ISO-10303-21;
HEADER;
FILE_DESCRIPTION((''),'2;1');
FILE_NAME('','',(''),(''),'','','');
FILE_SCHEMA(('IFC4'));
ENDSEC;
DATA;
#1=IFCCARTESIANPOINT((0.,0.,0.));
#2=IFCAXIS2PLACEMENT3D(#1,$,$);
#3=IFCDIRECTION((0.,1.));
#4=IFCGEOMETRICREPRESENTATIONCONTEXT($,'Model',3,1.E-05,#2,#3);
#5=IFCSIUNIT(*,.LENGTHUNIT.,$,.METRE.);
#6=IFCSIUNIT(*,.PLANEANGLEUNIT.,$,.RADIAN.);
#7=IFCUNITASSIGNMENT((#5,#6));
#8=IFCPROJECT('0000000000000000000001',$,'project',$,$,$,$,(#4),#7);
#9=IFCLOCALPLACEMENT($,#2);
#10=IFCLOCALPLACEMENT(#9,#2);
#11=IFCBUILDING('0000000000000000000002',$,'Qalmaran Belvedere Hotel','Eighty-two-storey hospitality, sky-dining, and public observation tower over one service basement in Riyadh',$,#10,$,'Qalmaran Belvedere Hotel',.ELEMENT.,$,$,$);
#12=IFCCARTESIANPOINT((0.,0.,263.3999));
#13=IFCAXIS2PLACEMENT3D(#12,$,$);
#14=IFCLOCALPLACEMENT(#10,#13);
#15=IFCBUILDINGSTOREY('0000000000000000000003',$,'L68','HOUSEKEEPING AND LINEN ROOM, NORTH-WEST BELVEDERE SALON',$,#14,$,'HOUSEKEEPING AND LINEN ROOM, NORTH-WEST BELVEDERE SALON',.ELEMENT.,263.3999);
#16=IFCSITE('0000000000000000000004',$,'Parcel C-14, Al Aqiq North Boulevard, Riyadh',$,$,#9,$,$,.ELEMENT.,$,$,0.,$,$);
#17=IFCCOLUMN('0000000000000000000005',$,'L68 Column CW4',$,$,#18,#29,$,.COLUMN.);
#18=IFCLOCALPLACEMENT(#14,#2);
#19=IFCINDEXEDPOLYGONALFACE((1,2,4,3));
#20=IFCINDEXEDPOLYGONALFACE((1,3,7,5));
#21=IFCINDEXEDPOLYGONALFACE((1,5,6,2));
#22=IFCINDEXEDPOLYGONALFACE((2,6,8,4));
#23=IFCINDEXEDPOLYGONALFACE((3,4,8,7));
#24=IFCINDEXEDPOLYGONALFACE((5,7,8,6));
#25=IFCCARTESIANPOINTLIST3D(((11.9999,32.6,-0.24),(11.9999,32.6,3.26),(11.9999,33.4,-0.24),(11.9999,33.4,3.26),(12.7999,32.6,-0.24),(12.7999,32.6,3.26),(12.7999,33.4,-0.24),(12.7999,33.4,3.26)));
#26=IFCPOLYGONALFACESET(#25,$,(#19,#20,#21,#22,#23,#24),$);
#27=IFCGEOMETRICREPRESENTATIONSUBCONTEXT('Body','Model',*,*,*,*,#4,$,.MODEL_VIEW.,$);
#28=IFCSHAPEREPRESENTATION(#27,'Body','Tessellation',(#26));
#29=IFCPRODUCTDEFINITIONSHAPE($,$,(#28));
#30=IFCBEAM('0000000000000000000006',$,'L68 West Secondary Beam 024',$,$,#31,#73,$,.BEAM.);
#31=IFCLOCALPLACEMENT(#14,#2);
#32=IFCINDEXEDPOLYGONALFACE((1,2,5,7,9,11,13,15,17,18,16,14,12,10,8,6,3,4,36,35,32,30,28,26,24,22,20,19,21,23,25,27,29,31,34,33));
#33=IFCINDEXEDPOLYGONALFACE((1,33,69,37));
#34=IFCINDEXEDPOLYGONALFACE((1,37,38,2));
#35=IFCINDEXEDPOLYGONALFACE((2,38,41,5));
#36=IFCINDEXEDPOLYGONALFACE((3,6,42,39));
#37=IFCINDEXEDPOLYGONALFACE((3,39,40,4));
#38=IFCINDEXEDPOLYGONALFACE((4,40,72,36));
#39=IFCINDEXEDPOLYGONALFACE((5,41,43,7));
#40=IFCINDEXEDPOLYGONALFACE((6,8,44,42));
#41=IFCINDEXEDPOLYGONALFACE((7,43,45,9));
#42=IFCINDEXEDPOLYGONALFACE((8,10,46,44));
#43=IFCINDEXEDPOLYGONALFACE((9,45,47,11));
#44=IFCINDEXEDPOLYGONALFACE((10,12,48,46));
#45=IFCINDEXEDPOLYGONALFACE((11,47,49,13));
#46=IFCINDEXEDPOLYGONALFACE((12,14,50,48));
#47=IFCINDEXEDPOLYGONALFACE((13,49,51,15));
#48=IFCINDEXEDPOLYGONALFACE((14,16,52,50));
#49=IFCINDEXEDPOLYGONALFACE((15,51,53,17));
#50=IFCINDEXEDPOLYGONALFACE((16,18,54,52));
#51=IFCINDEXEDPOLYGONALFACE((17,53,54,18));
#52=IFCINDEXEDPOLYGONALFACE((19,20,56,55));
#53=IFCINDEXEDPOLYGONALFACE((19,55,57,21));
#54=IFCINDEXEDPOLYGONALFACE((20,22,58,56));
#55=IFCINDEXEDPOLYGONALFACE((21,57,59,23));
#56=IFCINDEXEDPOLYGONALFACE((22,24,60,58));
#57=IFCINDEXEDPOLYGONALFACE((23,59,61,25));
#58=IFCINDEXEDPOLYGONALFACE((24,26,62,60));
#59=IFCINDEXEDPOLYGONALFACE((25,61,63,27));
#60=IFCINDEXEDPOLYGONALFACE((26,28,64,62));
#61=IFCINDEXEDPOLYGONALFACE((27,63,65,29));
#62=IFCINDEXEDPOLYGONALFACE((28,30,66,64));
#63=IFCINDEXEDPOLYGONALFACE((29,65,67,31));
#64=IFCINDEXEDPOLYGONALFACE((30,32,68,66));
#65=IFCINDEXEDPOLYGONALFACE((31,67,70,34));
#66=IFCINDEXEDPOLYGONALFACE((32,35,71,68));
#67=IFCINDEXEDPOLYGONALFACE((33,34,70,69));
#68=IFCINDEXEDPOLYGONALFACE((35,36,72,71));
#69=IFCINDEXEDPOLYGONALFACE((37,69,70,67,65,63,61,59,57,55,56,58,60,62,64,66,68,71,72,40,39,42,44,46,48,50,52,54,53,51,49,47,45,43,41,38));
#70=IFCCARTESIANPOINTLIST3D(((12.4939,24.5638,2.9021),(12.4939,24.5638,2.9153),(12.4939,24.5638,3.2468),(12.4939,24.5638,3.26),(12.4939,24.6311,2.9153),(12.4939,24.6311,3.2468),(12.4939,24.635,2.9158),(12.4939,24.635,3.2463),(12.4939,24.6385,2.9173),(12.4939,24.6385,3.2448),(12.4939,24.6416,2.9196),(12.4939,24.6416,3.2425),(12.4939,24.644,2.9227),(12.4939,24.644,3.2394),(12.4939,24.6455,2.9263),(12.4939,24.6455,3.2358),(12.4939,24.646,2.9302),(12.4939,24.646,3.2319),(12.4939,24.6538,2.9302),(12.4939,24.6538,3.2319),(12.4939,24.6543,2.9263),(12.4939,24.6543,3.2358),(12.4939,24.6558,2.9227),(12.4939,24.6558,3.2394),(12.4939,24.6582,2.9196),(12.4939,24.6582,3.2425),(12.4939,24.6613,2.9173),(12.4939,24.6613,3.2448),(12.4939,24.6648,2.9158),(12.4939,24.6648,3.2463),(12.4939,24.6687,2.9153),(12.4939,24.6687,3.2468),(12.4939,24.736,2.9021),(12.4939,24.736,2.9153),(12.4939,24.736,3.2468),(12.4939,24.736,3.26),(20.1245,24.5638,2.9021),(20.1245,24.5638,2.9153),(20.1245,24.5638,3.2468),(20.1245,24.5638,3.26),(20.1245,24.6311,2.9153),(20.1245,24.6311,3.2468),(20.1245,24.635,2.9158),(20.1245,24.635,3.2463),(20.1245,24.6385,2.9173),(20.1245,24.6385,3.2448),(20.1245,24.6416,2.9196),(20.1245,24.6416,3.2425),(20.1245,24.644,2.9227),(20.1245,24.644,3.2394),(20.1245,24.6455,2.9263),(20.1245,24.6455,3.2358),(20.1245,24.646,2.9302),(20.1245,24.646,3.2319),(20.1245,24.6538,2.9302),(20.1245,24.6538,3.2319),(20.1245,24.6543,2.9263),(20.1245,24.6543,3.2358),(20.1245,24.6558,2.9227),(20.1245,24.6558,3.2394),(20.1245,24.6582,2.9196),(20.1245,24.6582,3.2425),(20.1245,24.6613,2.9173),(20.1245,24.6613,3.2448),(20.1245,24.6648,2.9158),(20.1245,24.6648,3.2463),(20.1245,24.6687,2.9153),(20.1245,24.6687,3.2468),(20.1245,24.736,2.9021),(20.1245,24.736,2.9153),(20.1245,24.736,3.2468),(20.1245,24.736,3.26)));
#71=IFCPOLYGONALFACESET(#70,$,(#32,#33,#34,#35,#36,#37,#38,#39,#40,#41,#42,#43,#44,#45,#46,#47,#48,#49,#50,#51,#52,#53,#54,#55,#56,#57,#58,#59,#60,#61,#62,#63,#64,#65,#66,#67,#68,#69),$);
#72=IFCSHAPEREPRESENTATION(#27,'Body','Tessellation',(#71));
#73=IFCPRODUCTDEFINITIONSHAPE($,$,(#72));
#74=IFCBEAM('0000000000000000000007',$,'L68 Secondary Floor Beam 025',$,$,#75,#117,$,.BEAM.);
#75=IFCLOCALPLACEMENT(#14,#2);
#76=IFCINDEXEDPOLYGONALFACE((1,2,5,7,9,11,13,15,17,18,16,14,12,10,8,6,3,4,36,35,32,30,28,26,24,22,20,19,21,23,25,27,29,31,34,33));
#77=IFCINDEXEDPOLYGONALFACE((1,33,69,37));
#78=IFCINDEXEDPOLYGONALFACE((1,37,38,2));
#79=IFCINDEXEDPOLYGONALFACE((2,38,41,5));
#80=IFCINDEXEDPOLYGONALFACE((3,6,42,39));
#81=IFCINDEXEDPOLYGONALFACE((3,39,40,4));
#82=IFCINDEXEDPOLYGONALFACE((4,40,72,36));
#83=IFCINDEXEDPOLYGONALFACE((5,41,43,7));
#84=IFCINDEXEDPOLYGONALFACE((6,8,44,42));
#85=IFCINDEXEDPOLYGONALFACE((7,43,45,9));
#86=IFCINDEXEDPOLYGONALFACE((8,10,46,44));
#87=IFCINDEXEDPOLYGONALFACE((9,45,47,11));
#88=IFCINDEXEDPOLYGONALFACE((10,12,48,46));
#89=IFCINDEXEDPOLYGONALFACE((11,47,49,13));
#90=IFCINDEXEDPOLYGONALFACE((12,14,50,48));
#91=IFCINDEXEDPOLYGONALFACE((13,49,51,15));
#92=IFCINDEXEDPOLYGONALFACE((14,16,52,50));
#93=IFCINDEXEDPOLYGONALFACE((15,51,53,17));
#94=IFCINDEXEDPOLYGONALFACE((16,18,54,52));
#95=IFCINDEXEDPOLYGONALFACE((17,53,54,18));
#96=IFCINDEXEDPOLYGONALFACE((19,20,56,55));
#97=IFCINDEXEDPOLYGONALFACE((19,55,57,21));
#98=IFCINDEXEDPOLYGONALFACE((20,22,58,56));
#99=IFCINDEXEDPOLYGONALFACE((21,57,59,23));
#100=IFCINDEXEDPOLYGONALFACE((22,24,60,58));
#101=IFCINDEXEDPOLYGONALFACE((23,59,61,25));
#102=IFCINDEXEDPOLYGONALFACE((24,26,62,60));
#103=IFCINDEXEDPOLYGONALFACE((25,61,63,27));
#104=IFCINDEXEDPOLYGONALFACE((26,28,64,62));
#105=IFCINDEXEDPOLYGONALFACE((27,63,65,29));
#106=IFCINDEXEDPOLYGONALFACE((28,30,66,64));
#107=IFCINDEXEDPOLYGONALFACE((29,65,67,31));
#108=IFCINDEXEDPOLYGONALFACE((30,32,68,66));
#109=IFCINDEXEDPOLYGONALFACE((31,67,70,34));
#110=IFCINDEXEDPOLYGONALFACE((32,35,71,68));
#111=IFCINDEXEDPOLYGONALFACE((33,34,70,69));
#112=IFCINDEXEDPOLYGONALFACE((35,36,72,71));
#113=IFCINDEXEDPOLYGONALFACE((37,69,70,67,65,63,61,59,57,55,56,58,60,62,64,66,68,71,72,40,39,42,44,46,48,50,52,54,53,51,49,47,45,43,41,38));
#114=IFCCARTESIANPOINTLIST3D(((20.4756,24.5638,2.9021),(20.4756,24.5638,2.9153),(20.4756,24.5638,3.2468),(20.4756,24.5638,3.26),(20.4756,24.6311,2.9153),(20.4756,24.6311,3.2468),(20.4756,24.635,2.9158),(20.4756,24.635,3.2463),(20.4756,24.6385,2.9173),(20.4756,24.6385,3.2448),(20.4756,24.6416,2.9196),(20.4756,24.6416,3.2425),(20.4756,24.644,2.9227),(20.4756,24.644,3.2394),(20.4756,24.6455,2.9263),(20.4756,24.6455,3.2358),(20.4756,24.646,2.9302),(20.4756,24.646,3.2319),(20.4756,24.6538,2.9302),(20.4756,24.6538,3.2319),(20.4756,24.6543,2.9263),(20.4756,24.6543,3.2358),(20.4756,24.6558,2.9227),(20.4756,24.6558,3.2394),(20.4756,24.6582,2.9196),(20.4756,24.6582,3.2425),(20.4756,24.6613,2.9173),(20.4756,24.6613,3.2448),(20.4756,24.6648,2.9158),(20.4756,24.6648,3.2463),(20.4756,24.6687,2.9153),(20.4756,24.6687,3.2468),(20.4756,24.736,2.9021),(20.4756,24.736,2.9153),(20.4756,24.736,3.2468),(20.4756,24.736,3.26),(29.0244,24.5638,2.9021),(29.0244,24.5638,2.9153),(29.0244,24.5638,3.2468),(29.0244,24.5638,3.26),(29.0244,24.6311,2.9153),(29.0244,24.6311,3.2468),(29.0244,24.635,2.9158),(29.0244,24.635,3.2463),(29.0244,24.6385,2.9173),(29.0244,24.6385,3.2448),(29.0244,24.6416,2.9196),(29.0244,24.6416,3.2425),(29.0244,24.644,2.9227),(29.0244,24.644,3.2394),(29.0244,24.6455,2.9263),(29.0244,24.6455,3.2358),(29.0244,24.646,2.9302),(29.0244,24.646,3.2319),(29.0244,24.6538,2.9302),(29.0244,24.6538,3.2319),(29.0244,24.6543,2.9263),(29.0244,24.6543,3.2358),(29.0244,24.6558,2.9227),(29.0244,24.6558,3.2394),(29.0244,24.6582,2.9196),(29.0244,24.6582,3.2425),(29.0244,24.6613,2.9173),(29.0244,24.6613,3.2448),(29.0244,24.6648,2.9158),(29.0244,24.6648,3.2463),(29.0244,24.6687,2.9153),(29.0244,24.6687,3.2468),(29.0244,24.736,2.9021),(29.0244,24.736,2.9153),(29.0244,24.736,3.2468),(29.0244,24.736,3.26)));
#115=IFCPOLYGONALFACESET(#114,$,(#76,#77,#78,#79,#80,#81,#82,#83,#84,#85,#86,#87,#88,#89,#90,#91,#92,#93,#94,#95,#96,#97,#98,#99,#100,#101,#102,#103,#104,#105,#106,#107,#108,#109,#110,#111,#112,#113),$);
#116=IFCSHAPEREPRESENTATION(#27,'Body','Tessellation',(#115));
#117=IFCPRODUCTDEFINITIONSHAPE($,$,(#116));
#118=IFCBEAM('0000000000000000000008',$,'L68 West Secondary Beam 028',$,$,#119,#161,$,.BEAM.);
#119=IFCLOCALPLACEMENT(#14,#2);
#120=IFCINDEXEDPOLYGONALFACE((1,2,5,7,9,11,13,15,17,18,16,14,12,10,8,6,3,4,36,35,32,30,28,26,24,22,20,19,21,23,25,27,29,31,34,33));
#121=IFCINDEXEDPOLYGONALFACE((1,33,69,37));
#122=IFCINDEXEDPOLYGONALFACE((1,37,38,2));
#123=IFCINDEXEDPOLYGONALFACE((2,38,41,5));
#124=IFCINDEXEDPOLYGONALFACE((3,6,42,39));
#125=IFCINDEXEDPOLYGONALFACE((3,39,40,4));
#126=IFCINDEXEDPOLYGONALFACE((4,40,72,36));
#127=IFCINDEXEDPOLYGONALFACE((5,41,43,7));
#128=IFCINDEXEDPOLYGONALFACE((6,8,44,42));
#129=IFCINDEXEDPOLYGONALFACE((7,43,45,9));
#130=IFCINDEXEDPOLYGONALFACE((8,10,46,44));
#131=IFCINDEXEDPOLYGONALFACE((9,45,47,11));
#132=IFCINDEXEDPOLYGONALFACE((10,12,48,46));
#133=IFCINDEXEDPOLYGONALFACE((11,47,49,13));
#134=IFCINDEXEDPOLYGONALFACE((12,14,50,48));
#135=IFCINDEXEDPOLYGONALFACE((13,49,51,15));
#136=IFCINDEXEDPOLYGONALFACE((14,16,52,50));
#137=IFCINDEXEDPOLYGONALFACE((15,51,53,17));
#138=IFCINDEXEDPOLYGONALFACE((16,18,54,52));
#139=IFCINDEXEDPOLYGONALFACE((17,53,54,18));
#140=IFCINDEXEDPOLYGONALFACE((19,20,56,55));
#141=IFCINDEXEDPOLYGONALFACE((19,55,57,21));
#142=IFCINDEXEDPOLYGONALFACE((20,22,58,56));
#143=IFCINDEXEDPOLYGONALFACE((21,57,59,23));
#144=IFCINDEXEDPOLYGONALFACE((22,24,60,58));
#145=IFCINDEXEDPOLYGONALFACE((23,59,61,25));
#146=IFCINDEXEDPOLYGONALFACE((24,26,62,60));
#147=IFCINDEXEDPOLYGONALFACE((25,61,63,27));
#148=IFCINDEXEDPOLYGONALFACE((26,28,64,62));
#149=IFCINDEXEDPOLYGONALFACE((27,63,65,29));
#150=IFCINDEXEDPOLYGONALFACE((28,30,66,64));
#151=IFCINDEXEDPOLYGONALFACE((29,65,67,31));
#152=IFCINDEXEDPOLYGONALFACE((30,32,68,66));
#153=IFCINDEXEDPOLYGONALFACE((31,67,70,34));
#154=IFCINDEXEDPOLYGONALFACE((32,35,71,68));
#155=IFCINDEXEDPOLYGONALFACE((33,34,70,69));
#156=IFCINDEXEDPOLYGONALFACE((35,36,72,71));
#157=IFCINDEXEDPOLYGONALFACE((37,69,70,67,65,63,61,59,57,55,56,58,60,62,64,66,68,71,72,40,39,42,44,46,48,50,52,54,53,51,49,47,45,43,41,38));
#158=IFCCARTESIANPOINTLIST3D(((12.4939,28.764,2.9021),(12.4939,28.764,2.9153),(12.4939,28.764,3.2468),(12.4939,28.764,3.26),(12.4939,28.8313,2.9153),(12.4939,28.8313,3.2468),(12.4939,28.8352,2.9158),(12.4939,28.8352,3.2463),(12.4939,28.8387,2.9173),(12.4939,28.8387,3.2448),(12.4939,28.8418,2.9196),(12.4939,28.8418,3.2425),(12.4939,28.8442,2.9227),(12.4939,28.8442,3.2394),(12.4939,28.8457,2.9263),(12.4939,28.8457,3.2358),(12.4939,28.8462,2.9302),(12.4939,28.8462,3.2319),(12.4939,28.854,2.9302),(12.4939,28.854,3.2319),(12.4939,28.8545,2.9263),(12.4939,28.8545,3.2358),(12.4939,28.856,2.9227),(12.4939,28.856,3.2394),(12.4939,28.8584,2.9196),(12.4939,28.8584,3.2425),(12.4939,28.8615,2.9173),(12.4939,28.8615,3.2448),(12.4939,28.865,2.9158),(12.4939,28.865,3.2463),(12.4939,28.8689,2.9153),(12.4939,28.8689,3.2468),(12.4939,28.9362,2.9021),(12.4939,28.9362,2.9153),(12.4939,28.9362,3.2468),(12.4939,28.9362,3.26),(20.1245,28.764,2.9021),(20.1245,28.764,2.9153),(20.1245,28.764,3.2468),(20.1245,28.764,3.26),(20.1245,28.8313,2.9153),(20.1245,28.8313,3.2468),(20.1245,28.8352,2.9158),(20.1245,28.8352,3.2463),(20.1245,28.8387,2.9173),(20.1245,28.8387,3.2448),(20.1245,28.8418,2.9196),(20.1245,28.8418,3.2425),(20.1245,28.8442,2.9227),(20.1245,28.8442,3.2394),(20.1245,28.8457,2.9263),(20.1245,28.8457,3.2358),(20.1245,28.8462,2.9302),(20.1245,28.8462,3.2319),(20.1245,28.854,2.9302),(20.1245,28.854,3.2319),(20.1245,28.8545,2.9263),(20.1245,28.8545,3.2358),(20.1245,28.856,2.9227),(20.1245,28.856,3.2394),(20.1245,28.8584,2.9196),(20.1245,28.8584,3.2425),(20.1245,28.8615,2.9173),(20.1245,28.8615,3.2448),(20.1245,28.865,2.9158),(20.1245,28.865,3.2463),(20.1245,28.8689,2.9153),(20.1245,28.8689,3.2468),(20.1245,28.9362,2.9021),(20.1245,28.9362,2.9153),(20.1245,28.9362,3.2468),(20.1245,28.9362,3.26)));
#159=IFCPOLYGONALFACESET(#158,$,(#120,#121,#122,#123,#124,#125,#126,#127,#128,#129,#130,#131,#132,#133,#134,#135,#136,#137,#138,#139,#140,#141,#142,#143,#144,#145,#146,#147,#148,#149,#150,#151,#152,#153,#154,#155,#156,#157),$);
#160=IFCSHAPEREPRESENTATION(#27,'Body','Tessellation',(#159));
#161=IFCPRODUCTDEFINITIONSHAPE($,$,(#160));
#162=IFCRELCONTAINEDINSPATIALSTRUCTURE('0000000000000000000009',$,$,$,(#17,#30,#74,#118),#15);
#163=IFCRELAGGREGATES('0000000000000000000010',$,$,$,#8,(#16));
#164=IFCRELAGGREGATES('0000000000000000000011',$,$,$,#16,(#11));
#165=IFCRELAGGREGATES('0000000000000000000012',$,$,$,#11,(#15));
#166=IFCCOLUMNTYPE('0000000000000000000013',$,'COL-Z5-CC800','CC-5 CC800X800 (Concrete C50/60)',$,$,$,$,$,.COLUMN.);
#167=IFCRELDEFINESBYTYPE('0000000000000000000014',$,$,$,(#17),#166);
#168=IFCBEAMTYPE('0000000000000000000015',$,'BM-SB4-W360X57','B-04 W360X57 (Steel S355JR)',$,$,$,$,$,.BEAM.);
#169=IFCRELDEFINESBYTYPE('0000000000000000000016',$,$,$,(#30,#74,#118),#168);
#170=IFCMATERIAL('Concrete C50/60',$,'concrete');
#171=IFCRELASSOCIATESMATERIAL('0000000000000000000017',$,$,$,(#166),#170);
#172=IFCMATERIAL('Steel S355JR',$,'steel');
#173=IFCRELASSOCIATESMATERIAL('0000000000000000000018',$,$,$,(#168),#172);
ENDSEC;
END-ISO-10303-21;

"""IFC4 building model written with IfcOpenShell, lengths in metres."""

from ifc_helpers import new_model, si_unit, direction, frame, origin, origin_2d, place, context, subcontext, project, spatial, rectangle, i_section, extrude, material, material_profile, profile_set, type_object, element, save


model = new_model("IFC4")

# Units and contexts
model_context = context("Model", 3, precision=1e-05, world=origin(), true_north=direction((0.0, 1.0)))
body_context = subcontext(model_context, "Body", "Model", "MODEL_VIEW")
ifc_project = project(units=[si_unit("LENGTHUNIT", "METRE"), si_unit("PLANEANGLEUNIT", "RADIAN")], contexts=[model_context])

# Site, building, storey
site_placement = place(None, origin())
site = spatial("IfcSite", under=ifc_project, at=site_placement, Name="Parcel C-14, Al Aqiq North Boulevard, Riyadh", CompositionType="ELEMENT", RefElevation=0.0)
building_placement = place(site_placement, origin())
building = spatial("IfcBuilding", under=site, at=building_placement, Name="Qalmaran Belvedere Hotel", Description="Eighty-two-storey hospitality, sky-dining, and public observation tower over one service basement in Riyadh", LongName="Qalmaran Belvedere Hotel", CompositionType="ELEMENT")
storey_placement = place(building_placement, frame((0.0, 0.0, 263.3999)))
storey = spatial("IfcBuildingStorey", under=building, at=storey_placement, Name="L68", Description="HOUSEKEEPING AND LINEN ROOM, NORTH-WEST BELVEDERE SALON", LongName="HOUSEKEEPING AND LINEN ROOM, NORTH-WEST BELVEDERE SALON", CompositionType="ELEMENT", Elevation=263.3999)

# Column
ifc_material_1 = material(Name="Concrete C50/60", Category="concrete")
ifc_material_profile_1 = material_profile(ifc_material_1, rectangle(XDim=0.8, YDim=0.8, at=origin_2d()), Name="CC800X800")
ifc_profile_set_1 = profile_set([ifc_material_profile_1], Name="Concrete C50/60")
column_type = type_object("IfcColumnType", Name="COL-Z5-CC800", Description="CC-5 CC800X800 (Concrete C50/60)", PredefinedType="COLUMN", material=ifc_profile_set_1)
column_placement = place(storey_placement, frame((12.3999, 33.0, -0.24), z_axis=(0.0, 0.0, 1.0), x_axis=(1.0, 0.0, 0.0)))
element("IfcColumn", 1, at=column_placement, inside=storey, type_object=column_type, Name="L68 Column CW4", PredefinedType="COLUMN", context=body_context, shape_type="SweptSolid", body=[
    extrude(rectangle(XDim=0.8, YDim=0.8, at=origin_2d()), origin(), (0.0, 0.0, 1.0), 3.5),
])

# Beams
ifc_material_2 = material(Name="Steel S355JR", Category="steel")
ifc_material_profile_2 = material_profile(ifc_material_2, i_section(OverallWidth=0.1721, OverallDepth=0.3579, WebThickness=0.0078, FlangeThickness=0.0132, FilletRadius=0.0149, at=origin_2d()), Name="W360X57")
ifc_profile_set_2 = profile_set([ifc_material_profile_2], Name="Steel S355JR")
beam_type_1 = type_object("IfcBeamType", Name="BM-SB4-W360X57", Description="B-04 W360X57 (Steel S355JR)", PredefinedType="BEAM", material=ifc_profile_set_2)
beam_1_placement = place(storey_placement, frame((12.4939, 24.6499, 3.0811), z_axis=(1.0, 0.0, 0.0), x_axis=(0.0, 1.0, 0.0)))
element("IfcBeam", 2, at=beam_1_placement, inside=storey, type_object=beam_type_1, Name="L68 West Secondary Beam 024", PredefinedType="BEAM", context=body_context, shape_type="SweptSolid", body=[
    extrude(i_section(OverallWidth=0.1721, OverallDepth=0.3579, WebThickness=0.0078, FlangeThickness=0.0132, FilletRadius=0.0149, at=origin_2d()), origin(), (0.0, 0.0, 1.0), 7.6306),
])
beam_2_placement = place(storey_placement, frame((20.4756, 24.6499, 3.0811), z_axis=(1.0, 0.0, 0.0), x_axis=(0.0, 1.0, 0.0)))
element("IfcBeam", 3, at=beam_2_placement, inside=storey, type_object=beam_type_1, Name="L68 Secondary Floor Beam 025", PredefinedType="BEAM", context=body_context, shape_type="SweptSolid", body=[
    extrude(i_section(OverallWidth=0.1721, OverallDepth=0.3579, WebThickness=0.0078, FlangeThickness=0.0132, FilletRadius=0.0149, at=origin_2d()), origin(), (0.0, 0.0, 1.0), 8.5488),
])
beam_3_placement = place(storey_placement, frame((12.4939, 28.8501, 3.0811), z_axis=(1.0, 0.0, 0.0), x_axis=(0.0, 1.0, 0.0)))
element("IfcBeam", 4, at=beam_3_placement, inside=storey, type_object=beam_type_1, Name="L68 West Secondary Beam 028", PredefinedType="BEAM", context=body_context, shape_type="SweptSolid", body=[
    extrude(i_section(OverallWidth=0.1721, OverallDepth=0.3579, WebThickness=0.0078, FlangeThickness=0.0132, FilletRadius=0.0149, at=origin_2d()), origin(), (0.0, 0.0, 1.0), 7.6306),
])

save(model, "model.ifc")
